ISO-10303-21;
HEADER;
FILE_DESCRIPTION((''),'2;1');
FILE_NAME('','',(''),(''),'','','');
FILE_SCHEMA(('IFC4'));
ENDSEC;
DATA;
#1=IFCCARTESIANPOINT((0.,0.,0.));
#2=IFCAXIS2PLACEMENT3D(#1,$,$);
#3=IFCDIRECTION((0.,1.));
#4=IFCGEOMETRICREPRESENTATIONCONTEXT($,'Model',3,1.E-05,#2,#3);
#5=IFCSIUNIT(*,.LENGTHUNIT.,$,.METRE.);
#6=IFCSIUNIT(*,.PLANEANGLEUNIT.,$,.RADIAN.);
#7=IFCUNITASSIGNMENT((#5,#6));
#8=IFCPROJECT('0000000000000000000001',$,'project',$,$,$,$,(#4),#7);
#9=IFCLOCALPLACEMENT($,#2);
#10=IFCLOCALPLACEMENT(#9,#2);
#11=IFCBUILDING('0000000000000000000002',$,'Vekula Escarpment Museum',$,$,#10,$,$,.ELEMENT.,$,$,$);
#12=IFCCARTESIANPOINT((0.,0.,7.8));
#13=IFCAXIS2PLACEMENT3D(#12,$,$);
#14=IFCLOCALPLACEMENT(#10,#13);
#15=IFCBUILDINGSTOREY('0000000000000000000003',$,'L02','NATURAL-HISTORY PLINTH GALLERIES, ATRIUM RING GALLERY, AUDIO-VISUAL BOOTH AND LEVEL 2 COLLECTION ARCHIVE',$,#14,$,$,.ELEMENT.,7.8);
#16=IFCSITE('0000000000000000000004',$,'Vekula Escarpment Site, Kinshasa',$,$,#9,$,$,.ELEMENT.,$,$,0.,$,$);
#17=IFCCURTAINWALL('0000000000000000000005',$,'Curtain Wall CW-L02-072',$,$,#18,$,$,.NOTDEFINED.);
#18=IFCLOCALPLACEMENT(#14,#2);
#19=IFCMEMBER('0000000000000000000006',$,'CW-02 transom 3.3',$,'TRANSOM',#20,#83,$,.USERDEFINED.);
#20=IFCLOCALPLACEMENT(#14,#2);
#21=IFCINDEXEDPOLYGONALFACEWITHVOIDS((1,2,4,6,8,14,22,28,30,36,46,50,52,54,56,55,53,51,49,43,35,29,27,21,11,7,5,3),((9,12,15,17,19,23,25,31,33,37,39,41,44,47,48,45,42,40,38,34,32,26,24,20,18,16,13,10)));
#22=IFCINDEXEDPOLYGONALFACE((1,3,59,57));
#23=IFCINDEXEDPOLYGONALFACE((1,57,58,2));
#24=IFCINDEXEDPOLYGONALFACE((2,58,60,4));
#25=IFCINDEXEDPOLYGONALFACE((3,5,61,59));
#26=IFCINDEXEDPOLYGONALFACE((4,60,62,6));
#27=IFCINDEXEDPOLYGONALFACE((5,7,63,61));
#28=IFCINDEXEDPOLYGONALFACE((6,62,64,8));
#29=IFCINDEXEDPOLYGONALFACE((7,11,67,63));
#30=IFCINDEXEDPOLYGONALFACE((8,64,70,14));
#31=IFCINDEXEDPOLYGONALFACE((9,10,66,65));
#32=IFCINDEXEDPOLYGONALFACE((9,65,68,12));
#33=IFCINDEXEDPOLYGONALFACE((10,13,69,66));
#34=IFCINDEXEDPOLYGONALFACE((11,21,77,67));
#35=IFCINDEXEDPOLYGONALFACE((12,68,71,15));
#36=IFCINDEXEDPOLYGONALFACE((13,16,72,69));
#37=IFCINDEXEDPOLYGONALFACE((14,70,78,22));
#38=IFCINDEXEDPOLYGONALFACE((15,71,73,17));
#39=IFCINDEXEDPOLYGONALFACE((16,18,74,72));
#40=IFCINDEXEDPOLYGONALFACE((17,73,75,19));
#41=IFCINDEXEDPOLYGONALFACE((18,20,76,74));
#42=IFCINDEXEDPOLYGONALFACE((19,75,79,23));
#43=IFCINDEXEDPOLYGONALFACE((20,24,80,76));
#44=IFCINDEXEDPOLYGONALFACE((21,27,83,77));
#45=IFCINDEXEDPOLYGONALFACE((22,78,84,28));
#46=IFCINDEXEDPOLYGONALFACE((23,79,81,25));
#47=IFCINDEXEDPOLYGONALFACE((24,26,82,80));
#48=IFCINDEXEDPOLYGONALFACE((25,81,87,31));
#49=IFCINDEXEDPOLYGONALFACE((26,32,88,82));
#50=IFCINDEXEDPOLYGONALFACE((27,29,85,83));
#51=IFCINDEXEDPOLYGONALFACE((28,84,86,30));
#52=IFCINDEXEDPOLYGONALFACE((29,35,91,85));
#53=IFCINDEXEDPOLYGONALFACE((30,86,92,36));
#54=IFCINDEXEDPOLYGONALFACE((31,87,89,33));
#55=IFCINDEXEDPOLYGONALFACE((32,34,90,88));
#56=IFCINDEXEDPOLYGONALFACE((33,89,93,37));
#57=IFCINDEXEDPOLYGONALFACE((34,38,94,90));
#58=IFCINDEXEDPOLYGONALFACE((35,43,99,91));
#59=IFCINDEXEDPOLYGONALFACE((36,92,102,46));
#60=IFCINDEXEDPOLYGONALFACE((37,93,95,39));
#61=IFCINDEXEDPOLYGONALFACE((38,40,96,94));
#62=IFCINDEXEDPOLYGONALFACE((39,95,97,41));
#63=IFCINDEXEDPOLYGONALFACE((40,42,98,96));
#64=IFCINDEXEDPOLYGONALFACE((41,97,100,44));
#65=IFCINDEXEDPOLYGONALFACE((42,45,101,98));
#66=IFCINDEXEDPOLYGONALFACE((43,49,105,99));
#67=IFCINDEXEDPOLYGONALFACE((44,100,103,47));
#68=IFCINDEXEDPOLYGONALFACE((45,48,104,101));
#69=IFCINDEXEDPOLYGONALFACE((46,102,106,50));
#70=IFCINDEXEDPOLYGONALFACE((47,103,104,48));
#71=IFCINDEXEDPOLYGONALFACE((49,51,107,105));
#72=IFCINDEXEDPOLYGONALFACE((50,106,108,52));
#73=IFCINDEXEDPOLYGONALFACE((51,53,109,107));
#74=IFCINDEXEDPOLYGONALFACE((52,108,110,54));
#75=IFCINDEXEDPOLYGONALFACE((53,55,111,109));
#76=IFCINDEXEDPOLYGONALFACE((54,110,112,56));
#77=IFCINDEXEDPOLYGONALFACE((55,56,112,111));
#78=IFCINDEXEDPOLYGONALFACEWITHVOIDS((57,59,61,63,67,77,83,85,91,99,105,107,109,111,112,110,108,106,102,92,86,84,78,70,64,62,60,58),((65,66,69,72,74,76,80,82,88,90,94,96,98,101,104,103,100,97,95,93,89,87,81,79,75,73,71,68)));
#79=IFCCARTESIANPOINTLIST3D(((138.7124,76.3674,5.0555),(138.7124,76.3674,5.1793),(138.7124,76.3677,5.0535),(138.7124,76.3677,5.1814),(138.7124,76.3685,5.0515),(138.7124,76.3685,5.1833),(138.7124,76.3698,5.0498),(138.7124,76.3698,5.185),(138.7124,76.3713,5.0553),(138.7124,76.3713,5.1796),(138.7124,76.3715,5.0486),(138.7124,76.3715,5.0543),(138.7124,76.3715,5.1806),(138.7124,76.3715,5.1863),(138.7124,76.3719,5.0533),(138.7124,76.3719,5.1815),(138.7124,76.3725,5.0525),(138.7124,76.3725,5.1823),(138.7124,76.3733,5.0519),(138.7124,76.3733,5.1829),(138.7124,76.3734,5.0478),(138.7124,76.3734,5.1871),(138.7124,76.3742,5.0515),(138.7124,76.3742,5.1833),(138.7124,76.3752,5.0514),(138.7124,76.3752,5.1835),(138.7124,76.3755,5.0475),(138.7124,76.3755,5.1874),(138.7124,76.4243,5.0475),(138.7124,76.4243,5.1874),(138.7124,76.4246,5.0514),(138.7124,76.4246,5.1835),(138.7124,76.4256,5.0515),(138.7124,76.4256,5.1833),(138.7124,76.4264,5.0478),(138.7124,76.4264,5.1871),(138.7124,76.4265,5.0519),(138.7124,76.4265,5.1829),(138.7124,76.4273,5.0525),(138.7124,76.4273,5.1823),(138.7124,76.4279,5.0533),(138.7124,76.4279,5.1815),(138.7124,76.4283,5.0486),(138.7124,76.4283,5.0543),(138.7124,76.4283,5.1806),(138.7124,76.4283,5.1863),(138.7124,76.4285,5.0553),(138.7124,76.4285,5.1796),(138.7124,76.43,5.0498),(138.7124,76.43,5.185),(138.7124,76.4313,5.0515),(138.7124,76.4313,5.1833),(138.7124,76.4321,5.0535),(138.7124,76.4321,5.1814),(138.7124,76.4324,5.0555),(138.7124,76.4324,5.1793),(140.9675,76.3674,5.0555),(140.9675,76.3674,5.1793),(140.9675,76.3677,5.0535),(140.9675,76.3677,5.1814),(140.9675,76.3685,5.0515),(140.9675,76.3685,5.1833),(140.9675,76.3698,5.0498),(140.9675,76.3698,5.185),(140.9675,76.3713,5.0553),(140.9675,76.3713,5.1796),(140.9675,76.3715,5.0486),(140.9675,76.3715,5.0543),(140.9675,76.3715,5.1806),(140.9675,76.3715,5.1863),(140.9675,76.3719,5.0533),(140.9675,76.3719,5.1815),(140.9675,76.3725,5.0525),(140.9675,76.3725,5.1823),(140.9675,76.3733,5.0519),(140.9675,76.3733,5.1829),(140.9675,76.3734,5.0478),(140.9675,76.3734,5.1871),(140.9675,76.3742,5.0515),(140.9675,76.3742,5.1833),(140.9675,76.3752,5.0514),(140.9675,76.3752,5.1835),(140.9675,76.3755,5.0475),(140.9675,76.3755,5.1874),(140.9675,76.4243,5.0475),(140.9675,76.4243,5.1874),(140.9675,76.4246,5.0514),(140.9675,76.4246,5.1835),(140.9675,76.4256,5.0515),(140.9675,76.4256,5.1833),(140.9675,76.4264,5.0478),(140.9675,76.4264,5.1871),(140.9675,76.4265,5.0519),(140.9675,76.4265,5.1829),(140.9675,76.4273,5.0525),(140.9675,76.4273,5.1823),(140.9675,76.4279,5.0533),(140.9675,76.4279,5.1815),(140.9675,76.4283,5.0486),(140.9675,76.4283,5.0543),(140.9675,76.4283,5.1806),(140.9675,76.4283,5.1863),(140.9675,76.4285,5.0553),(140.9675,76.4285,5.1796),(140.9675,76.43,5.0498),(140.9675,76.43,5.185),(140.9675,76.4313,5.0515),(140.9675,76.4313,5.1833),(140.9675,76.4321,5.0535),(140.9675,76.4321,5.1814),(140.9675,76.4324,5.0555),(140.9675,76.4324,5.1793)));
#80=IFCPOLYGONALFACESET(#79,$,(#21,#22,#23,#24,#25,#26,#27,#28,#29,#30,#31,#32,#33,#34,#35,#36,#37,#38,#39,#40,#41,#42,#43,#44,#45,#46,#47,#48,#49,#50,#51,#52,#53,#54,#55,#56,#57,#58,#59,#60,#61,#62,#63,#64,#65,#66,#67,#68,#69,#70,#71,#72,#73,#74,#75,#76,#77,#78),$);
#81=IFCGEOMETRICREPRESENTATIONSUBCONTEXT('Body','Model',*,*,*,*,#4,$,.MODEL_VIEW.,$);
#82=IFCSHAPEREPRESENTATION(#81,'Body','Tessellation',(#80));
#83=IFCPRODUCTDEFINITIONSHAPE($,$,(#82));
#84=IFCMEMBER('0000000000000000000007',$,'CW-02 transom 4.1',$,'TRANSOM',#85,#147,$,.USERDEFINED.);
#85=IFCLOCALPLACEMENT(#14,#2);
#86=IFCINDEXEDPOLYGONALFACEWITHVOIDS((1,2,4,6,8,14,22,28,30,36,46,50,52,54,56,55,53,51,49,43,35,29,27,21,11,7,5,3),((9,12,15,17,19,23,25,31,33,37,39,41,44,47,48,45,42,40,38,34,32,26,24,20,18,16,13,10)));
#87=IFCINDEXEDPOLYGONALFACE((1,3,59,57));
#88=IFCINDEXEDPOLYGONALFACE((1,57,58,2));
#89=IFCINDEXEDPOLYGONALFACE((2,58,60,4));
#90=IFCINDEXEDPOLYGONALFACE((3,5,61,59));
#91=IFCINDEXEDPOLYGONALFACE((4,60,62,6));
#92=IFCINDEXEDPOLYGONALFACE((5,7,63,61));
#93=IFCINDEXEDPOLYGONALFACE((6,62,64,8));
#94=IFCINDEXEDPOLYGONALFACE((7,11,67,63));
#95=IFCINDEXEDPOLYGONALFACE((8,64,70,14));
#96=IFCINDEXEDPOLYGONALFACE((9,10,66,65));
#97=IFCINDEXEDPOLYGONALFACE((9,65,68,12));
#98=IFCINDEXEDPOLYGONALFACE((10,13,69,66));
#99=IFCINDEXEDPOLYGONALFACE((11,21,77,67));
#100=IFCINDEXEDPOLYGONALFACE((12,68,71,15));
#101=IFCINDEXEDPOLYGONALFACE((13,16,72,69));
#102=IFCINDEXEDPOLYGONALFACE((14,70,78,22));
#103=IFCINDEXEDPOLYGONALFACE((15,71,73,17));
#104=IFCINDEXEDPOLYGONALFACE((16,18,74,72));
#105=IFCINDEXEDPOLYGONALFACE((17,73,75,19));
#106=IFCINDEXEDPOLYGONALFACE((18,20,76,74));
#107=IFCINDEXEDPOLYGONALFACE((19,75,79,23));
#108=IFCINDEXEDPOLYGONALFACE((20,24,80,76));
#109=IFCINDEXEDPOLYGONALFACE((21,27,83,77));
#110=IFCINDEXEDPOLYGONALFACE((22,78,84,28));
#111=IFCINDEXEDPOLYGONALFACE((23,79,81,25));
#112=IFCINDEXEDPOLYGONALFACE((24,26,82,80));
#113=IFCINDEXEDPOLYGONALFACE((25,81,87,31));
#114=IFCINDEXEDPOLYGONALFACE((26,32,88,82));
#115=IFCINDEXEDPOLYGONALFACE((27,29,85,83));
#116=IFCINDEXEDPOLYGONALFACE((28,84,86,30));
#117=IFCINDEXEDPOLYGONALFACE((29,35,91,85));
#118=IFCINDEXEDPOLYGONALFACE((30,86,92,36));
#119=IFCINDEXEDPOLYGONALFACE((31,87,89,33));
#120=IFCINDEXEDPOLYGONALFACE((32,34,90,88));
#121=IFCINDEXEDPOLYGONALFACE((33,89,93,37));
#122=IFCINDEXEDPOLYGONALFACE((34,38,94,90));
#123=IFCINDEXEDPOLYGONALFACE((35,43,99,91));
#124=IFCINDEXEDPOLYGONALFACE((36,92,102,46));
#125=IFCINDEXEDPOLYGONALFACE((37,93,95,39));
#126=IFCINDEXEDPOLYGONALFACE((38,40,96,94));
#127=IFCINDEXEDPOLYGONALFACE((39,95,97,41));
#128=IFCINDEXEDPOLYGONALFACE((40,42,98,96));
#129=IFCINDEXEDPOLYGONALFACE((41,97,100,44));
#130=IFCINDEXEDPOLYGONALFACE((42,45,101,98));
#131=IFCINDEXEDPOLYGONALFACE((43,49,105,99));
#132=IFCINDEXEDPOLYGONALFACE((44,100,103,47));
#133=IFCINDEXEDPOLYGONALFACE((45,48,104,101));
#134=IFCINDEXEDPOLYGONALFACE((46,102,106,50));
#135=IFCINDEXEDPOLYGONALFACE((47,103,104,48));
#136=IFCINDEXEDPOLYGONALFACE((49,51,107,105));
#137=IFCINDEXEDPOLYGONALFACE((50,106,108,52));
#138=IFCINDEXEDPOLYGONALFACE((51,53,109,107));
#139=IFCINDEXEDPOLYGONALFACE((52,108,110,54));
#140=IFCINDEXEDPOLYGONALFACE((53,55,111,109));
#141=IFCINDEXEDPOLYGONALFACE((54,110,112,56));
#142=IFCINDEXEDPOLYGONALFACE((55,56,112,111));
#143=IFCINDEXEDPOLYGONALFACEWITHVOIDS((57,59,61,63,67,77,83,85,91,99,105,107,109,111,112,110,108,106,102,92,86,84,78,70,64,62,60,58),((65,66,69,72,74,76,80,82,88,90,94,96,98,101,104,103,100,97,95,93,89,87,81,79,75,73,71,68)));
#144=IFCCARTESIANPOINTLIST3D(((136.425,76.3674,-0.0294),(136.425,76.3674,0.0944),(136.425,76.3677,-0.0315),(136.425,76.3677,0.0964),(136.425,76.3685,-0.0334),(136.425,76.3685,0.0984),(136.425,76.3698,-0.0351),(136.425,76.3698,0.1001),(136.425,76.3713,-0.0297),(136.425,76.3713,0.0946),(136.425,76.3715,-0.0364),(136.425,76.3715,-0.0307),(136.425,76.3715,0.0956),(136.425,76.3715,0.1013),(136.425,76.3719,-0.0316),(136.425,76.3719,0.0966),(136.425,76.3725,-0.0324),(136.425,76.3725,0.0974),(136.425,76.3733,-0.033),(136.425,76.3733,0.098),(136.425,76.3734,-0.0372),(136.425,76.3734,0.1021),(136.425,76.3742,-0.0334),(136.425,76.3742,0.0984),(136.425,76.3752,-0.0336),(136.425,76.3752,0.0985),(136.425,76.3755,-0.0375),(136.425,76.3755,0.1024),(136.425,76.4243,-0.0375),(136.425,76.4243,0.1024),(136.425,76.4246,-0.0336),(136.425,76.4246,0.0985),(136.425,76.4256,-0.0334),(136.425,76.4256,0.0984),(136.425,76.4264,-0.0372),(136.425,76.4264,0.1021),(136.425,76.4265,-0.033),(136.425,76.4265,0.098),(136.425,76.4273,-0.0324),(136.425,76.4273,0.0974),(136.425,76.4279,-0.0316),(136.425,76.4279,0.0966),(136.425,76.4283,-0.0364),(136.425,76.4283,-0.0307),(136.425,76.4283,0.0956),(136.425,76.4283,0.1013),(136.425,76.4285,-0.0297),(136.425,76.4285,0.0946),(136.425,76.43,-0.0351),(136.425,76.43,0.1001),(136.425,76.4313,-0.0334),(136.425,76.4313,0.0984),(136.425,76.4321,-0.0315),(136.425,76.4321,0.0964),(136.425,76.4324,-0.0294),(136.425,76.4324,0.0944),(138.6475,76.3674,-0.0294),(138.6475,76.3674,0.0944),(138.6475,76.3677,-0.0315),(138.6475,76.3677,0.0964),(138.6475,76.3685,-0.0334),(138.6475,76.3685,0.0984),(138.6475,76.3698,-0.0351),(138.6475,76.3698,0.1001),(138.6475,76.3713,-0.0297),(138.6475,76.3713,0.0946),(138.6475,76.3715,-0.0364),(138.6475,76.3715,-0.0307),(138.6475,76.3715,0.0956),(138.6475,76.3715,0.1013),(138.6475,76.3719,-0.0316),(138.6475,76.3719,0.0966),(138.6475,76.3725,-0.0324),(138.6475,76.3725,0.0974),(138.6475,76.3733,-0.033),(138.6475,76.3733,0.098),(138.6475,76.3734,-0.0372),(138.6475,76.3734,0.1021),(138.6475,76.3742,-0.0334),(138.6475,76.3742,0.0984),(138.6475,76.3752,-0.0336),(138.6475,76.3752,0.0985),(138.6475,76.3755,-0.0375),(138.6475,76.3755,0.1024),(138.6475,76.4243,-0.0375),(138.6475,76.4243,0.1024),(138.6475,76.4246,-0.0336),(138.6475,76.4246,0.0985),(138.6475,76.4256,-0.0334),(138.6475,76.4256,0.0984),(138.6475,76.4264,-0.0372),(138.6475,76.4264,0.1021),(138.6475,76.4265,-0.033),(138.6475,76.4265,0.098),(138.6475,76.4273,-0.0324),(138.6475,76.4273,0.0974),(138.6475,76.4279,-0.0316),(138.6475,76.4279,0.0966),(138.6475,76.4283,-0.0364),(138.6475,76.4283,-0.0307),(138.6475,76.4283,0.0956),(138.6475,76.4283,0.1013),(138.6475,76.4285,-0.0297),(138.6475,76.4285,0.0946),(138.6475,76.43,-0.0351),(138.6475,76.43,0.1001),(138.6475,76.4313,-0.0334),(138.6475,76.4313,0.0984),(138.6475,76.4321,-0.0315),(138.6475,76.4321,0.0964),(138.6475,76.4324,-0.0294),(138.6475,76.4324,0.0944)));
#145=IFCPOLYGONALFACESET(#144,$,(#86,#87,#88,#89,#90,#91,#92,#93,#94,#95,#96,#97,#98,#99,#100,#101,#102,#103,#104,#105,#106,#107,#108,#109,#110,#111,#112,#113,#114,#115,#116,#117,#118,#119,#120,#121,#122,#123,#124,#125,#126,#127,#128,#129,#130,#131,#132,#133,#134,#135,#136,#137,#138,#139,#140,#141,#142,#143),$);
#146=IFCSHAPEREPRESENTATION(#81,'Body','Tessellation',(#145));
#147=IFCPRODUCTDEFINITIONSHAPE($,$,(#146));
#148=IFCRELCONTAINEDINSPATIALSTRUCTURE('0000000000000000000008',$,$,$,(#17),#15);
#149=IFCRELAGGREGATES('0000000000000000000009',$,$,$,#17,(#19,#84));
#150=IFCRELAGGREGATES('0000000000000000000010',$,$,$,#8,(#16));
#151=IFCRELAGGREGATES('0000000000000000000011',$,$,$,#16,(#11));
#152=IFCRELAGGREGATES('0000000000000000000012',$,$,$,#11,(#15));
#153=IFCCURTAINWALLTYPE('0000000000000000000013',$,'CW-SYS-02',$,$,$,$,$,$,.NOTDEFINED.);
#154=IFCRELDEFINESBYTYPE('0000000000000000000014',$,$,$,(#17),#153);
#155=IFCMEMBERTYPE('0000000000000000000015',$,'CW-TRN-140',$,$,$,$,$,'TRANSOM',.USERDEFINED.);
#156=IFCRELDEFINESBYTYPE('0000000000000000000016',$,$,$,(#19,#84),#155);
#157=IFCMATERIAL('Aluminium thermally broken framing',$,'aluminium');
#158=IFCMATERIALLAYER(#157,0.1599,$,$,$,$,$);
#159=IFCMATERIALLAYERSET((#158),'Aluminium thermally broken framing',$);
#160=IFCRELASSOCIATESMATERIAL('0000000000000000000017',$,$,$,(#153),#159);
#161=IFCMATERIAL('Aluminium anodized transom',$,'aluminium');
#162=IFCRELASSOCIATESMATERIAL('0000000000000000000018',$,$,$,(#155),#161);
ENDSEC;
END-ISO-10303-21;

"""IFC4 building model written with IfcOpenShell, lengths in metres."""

from ifc_helpers import new_model, si_unit, direction, frame, origin, origin_2d, place, context, subcontext, project, spatial, hollow_rectangle, extrude, material, layer, layer_set, material_profile, profile_set, type_object, element, aggregate, save


model = new_model("IFC4")

# Units and contexts
model_context = context("Model", 3, precision=1e-05, world=origin(), true_north=direction((0.0, 1.0)))
body_context = subcontext(model_context, "Body", "Model", "MODEL_VIEW")
ifc_project = project(units=[si_unit("LENGTHUNIT", "METRE"), si_unit("PLANEANGLEUNIT", "RADIAN")], contexts=[model_context])

# Site, building, storey
site_placement = place(None, origin())
site = spatial("IfcSite", under=ifc_project, at=site_placement, Name="Vekula Escarpment Site, Kinshasa", CompositionType="ELEMENT", RefElevation=0.0)
building_placement = place(site_placement, origin())
building = spatial("IfcBuilding", under=site, at=building_placement, Name="Vekula Escarpment Museum", CompositionType="ELEMENT")
storey_placement = place(building_placement, frame((0.0, 0.0, 7.8)))
storey = spatial("IfcBuildingStorey", under=building, at=storey_placement, Name="L02", Description="NATURAL-HISTORY PLINTH GALLERIES, ATRIUM RING GALLERY, AUDIO-VISUAL BOOTH AND LEVEL 2 COLLECTION ARCHIVE", CompositionType="ELEMENT", Elevation=7.8)

# Curtain wall
ifc_material_1 = material(Name="Aluminium thermally broken framing", Category="aluminium")
ifc_layer_1 = layer(ifc_material_1, 0.1599)
ifc_layer_set_1 = layer_set([ifc_layer_1], Name="Aluminium thermally broken framing")
curtain_wall_type_1 = type_object("IfcCurtainWallType", Name="CW-SYS-02", PredefinedType="NOTDEFINED", material=ifc_layer_set_1)
curtain_wall_1_placement = place(storey_placement, origin())
curtain_wall_1 = element("IfcCurtainWall", 1, at=curtain_wall_1_placement, inside=storey, type_object=curtain_wall_type_1, Name="Curtain Wall CW-L02-072", PredefinedType="NOTDEFINED")

# Members
ifc_material_2 = material(Name="Aluminium anodized transom", Category="aluminium")
ifc_material_profile_1 = material_profile(ifc_material_2, hollow_rectangle(XDim=0.0649, YDim=0.1399, WallThickness=0.0039, InnerFilletRadius=0.0039, OuterFilletRadius=0.0081, at=origin_2d()), Name="ALU 140x65x4")
ifc_profile_set_1 = profile_set([ifc_material_profile_1], Name="Aluminium anodized transom")
member_type_1 = type_object("IfcMemberType", Name="CW-TRN-140", ElementType="TRANSOM", PredefinedType="USERDEFINED", material=ifc_profile_set_1)
member_1_placement = place(storey_placement, frame((140.9675, 76.3999, 5.1174), z_axis=(-1.0, 0.0, 0.0), x_axis=(0.0, -1.0, 0.0)))
member_1 = element("IfcMember", 2, at=member_1_placement, type_object=member_type_1, Name="CW-02 transom 3.3", ObjectType="TRANSOM", PredefinedType="USERDEFINED", context=body_context, shape_type="SweptSolid", body=[
    extrude(hollow_rectangle(XDim=0.0649, YDim=0.1399, WallThickness=0.0039, InnerFilletRadius=0.0039, OuterFilletRadius=0.0081, at=origin_2d()), origin(), (0.0, 0.0, 1.0), 2.2551),
])
member_2_placement = place(storey_placement, frame((138.6475, 76.3999, 0.0325), z_axis=(-1.0, 0.0, 0.0), x_axis=(0.0, -1.0, 0.0)))
member_2 = element("IfcMember", 3, at=member_2_placement, type_object=member_type_1, Name="CW-02 transom 4.1", ObjectType="TRANSOM", PredefinedType="USERDEFINED", context=body_context, shape_type="SweptSolid", body=[
    extrude(hollow_rectangle(XDim=0.0649, YDim=0.1399, WallThickness=0.0039, InnerFilletRadius=0.0039, OuterFilletRadius=0.0081, at=origin_2d()), origin(), (0.0, 0.0, 1.0), 2.2224),
])

aggregate(curtain_wall_1, [member_1, member_2])

save(model, "model.ifc")
